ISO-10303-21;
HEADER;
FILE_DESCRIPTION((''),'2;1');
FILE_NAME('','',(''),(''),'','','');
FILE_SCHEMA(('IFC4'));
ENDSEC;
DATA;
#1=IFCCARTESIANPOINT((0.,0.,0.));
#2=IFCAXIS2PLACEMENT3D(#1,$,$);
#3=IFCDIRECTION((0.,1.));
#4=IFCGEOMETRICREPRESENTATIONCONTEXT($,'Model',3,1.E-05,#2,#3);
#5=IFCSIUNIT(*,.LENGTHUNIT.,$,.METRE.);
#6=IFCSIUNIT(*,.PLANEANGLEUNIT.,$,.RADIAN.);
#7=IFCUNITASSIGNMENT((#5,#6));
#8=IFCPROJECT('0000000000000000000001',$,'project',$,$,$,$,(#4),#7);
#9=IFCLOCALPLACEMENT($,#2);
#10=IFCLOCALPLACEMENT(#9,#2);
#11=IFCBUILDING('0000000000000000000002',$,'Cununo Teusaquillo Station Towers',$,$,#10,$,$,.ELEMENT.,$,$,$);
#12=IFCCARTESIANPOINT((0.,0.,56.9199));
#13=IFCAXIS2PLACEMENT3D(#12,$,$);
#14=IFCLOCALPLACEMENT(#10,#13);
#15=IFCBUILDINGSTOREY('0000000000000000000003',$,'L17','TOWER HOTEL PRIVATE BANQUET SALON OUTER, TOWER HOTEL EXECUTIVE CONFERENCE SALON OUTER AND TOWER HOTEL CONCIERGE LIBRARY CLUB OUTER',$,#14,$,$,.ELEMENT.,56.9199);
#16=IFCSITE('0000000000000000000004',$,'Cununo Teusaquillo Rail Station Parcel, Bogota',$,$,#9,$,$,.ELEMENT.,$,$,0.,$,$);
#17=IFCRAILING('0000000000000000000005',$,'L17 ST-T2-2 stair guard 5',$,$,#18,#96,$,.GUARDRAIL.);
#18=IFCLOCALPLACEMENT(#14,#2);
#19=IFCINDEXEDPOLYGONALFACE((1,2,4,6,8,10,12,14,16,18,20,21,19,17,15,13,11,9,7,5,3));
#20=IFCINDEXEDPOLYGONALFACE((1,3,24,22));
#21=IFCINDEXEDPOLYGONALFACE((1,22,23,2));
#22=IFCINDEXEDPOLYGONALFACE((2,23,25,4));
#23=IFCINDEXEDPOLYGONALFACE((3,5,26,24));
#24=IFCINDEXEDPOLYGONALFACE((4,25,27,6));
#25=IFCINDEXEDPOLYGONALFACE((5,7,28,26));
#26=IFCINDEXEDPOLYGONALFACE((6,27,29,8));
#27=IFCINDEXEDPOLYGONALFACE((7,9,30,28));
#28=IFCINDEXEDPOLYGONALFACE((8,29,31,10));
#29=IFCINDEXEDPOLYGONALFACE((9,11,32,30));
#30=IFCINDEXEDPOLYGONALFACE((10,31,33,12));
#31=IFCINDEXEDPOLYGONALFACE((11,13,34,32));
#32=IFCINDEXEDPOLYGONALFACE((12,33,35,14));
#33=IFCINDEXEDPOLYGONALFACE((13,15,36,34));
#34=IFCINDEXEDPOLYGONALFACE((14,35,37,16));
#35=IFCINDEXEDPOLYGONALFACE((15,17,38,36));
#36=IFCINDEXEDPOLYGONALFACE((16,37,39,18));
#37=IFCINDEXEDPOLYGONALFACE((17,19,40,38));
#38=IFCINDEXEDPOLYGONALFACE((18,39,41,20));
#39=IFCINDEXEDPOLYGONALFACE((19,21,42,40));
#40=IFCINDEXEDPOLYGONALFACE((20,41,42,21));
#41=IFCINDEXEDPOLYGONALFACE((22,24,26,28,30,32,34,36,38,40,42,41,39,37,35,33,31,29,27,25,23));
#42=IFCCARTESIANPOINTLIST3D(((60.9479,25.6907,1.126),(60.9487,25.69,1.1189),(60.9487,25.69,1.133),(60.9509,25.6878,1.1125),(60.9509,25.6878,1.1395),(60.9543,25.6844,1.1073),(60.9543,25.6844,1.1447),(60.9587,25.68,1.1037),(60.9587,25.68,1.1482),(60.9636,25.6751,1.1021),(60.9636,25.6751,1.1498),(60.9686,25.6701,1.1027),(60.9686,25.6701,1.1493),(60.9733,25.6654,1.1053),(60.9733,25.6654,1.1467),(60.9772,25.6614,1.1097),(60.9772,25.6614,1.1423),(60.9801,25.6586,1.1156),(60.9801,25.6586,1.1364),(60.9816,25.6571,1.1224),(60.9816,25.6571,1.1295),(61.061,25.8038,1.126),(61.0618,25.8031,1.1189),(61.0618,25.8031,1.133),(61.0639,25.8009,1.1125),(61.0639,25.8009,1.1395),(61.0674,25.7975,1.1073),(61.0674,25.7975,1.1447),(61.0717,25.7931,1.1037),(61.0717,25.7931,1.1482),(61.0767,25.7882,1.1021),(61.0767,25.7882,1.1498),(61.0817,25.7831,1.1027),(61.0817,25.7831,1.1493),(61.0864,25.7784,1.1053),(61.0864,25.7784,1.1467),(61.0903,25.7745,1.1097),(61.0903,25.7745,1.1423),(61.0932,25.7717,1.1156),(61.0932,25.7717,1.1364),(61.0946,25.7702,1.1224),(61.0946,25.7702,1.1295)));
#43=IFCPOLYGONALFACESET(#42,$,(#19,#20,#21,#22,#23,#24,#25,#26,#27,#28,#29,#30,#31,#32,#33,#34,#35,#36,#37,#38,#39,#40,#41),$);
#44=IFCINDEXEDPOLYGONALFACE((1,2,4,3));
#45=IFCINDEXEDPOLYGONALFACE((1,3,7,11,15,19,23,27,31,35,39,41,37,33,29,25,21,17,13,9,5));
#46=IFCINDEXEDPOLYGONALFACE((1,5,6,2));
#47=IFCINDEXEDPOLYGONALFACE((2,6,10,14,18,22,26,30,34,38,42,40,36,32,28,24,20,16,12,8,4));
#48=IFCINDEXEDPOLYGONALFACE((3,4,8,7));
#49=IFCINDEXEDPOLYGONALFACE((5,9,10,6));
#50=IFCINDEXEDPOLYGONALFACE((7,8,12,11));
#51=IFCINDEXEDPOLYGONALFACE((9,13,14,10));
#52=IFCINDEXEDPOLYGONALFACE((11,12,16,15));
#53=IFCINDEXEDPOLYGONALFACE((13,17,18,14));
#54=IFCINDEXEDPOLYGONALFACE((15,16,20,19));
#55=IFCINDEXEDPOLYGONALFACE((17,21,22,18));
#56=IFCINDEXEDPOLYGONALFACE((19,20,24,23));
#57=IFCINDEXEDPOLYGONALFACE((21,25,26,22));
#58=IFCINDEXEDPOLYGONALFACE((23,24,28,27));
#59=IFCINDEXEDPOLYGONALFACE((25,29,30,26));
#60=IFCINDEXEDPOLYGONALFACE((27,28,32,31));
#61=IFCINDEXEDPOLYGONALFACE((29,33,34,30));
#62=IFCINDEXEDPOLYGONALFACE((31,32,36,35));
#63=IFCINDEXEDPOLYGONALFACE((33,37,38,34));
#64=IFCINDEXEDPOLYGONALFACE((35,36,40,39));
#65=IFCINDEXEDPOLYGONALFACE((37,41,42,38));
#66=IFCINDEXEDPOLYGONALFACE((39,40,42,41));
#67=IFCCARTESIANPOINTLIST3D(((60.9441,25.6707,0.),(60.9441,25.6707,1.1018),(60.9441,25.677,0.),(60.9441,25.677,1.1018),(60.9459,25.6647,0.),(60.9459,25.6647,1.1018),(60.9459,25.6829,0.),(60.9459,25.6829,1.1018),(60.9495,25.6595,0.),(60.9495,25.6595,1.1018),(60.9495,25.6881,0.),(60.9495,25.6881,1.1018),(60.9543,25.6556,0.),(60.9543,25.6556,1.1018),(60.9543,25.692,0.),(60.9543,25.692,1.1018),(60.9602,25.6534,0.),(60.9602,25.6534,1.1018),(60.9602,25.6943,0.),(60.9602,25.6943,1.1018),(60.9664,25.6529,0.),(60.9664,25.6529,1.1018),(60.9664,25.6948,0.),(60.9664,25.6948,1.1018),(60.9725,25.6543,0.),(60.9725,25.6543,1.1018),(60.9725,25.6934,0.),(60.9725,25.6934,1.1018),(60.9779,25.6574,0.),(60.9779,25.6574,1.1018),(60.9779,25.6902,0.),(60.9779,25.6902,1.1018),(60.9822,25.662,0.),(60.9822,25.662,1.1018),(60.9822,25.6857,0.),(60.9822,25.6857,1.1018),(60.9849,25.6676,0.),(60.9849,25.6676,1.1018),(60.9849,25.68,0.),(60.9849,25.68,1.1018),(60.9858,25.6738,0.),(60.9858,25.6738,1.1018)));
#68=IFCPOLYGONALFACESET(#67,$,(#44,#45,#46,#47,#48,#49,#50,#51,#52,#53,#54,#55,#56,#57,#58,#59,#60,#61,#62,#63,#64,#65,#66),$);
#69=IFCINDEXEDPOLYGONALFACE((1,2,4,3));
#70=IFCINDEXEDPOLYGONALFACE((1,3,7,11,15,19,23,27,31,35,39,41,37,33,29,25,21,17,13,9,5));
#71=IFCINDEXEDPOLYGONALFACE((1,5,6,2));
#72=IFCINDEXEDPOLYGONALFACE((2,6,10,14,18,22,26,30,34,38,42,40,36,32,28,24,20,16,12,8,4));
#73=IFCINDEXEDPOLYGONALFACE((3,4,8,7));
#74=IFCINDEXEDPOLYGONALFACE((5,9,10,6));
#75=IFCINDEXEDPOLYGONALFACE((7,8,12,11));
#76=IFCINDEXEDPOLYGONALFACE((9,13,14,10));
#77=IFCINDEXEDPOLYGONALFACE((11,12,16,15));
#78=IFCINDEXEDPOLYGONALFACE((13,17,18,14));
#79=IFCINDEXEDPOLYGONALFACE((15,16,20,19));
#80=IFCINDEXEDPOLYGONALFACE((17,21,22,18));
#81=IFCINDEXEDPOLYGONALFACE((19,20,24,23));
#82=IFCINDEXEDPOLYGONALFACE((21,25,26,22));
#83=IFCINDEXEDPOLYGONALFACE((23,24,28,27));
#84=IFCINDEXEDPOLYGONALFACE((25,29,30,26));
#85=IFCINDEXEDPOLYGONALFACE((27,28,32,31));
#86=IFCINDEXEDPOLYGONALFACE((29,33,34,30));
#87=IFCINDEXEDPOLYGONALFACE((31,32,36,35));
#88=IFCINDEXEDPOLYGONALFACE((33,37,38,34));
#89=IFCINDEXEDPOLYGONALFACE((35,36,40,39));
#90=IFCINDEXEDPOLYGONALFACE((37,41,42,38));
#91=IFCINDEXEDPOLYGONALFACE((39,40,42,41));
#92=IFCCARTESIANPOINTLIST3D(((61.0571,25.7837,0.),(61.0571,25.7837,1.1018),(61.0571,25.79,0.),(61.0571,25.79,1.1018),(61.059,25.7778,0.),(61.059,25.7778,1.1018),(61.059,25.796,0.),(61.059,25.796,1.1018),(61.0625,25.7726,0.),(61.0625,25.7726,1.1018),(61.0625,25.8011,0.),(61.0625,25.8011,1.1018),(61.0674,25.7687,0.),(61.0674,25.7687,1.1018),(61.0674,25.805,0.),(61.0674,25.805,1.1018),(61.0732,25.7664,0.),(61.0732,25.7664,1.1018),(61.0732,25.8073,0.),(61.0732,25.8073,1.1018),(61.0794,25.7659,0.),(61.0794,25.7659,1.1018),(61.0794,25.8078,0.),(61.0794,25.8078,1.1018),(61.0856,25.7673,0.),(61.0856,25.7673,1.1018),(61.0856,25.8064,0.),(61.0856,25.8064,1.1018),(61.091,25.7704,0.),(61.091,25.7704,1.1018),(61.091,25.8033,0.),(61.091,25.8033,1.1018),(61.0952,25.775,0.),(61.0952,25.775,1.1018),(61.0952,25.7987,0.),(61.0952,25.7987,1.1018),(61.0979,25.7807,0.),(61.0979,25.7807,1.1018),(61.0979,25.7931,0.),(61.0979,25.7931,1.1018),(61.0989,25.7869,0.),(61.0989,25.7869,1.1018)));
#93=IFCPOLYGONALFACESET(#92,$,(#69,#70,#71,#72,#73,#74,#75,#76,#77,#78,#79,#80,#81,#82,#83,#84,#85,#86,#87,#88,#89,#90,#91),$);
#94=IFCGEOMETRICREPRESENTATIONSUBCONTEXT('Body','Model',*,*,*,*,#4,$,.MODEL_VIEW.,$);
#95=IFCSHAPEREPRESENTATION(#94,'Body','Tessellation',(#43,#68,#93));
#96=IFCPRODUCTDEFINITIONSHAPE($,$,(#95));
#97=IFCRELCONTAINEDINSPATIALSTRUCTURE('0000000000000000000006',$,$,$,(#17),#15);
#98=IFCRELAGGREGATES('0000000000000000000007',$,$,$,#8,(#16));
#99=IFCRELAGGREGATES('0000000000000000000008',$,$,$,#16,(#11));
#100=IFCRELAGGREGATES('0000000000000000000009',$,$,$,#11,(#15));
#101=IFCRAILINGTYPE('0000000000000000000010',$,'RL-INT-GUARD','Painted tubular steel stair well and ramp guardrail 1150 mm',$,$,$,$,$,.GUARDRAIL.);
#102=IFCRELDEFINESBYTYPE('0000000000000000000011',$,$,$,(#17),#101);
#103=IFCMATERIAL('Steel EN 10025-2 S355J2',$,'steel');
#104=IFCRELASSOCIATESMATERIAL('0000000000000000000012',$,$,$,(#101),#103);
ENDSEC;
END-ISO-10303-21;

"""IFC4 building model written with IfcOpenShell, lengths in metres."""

from ifc_helpers import new_model, si_unit, direction, frame, origin, origin_2d, place, context, subcontext, project, spatial, circle, extrude, material, type_object, element, save


model = new_model("IFC4")

# Units and contexts
model_context = context("Model", 3, precision=1e-05, world=origin(), true_north=direction((0.0, 1.0)))
body_context = subcontext(model_context, "Body", "Model", "MODEL_VIEW")
ifc_project = project(units=[si_unit("LENGTHUNIT", "METRE"), si_unit("PLANEANGLEUNIT", "RADIAN")], contexts=[model_context])

# Site, building, storey
site_placement = place(None, origin())
site = spatial("IfcSite", under=ifc_project, at=site_placement, Name="Cununo Teusaquillo Rail Station Parcel, Bogota", CompositionType="ELEMENT", RefElevation=0.0)
building_placement = place(site_placement, origin())
building = spatial("IfcBuilding", under=site, at=building_placement, Name="Cununo Teusaquillo Station Towers", CompositionType="ELEMENT")
storey_placement = place(building_placement, frame((0.0, 0.0, 56.9199)))
storey = spatial("IfcBuildingStorey", under=building, at=storey_placement, Name="L17", Description="TOWER HOTEL PRIVATE BANQUET SALON OUTER, TOWER HOTEL EXECUTIVE CONFERENCE SALON OUTER AND TOWER HOTEL CONCIERGE LIBRARY CLUB OUTER", CompositionType="ELEMENT", Elevation=56.9199)

# Railing
ifc_material_1 = material(Name="Steel EN 10025-2 S355J2", Category="steel")
railing_type_1 = type_object("IfcRailingType", Name="RL-INT-GUARD", Description="Painted tubular steel stair well and ramp guardrail 1150 mm", PredefinedType="GUARDRAIL", material=ifc_material_1)
railing_1_placement = place(storey_placement, frame((60.9648, 25.6738, 0.0)))
element("IfcRailing", 1, at=railing_1_placement, inside=storey, type_object=railing_type_1, Name="L17 ST-T2-2 stair guard 5", PredefinedType="GUARDRAIL", context=body_context, shape_type="SweptSolid", body=[
    extrude(circle(Radius=0.0239, at=origin_2d()), frame((0.0, 0.0, 1.126), z_axis=(0.707107, 0.707107, 0.0), x_axis=(-0.707107, 0.707107, 0.0)), (0.0, 0.0, 1.0), 0.1599),
    extrude(circle(Radius=0.021, at=origin_2d()), origin(), (0.0, 0.0, 1.0), 1.1018),
    extrude(circle(Radius=0.021, at=origin_2d()), frame((0.113, 0.113, 0.0)), (0.0, 0.0, 1.0), 1.1018),
])

save(model, "model.ifc")
